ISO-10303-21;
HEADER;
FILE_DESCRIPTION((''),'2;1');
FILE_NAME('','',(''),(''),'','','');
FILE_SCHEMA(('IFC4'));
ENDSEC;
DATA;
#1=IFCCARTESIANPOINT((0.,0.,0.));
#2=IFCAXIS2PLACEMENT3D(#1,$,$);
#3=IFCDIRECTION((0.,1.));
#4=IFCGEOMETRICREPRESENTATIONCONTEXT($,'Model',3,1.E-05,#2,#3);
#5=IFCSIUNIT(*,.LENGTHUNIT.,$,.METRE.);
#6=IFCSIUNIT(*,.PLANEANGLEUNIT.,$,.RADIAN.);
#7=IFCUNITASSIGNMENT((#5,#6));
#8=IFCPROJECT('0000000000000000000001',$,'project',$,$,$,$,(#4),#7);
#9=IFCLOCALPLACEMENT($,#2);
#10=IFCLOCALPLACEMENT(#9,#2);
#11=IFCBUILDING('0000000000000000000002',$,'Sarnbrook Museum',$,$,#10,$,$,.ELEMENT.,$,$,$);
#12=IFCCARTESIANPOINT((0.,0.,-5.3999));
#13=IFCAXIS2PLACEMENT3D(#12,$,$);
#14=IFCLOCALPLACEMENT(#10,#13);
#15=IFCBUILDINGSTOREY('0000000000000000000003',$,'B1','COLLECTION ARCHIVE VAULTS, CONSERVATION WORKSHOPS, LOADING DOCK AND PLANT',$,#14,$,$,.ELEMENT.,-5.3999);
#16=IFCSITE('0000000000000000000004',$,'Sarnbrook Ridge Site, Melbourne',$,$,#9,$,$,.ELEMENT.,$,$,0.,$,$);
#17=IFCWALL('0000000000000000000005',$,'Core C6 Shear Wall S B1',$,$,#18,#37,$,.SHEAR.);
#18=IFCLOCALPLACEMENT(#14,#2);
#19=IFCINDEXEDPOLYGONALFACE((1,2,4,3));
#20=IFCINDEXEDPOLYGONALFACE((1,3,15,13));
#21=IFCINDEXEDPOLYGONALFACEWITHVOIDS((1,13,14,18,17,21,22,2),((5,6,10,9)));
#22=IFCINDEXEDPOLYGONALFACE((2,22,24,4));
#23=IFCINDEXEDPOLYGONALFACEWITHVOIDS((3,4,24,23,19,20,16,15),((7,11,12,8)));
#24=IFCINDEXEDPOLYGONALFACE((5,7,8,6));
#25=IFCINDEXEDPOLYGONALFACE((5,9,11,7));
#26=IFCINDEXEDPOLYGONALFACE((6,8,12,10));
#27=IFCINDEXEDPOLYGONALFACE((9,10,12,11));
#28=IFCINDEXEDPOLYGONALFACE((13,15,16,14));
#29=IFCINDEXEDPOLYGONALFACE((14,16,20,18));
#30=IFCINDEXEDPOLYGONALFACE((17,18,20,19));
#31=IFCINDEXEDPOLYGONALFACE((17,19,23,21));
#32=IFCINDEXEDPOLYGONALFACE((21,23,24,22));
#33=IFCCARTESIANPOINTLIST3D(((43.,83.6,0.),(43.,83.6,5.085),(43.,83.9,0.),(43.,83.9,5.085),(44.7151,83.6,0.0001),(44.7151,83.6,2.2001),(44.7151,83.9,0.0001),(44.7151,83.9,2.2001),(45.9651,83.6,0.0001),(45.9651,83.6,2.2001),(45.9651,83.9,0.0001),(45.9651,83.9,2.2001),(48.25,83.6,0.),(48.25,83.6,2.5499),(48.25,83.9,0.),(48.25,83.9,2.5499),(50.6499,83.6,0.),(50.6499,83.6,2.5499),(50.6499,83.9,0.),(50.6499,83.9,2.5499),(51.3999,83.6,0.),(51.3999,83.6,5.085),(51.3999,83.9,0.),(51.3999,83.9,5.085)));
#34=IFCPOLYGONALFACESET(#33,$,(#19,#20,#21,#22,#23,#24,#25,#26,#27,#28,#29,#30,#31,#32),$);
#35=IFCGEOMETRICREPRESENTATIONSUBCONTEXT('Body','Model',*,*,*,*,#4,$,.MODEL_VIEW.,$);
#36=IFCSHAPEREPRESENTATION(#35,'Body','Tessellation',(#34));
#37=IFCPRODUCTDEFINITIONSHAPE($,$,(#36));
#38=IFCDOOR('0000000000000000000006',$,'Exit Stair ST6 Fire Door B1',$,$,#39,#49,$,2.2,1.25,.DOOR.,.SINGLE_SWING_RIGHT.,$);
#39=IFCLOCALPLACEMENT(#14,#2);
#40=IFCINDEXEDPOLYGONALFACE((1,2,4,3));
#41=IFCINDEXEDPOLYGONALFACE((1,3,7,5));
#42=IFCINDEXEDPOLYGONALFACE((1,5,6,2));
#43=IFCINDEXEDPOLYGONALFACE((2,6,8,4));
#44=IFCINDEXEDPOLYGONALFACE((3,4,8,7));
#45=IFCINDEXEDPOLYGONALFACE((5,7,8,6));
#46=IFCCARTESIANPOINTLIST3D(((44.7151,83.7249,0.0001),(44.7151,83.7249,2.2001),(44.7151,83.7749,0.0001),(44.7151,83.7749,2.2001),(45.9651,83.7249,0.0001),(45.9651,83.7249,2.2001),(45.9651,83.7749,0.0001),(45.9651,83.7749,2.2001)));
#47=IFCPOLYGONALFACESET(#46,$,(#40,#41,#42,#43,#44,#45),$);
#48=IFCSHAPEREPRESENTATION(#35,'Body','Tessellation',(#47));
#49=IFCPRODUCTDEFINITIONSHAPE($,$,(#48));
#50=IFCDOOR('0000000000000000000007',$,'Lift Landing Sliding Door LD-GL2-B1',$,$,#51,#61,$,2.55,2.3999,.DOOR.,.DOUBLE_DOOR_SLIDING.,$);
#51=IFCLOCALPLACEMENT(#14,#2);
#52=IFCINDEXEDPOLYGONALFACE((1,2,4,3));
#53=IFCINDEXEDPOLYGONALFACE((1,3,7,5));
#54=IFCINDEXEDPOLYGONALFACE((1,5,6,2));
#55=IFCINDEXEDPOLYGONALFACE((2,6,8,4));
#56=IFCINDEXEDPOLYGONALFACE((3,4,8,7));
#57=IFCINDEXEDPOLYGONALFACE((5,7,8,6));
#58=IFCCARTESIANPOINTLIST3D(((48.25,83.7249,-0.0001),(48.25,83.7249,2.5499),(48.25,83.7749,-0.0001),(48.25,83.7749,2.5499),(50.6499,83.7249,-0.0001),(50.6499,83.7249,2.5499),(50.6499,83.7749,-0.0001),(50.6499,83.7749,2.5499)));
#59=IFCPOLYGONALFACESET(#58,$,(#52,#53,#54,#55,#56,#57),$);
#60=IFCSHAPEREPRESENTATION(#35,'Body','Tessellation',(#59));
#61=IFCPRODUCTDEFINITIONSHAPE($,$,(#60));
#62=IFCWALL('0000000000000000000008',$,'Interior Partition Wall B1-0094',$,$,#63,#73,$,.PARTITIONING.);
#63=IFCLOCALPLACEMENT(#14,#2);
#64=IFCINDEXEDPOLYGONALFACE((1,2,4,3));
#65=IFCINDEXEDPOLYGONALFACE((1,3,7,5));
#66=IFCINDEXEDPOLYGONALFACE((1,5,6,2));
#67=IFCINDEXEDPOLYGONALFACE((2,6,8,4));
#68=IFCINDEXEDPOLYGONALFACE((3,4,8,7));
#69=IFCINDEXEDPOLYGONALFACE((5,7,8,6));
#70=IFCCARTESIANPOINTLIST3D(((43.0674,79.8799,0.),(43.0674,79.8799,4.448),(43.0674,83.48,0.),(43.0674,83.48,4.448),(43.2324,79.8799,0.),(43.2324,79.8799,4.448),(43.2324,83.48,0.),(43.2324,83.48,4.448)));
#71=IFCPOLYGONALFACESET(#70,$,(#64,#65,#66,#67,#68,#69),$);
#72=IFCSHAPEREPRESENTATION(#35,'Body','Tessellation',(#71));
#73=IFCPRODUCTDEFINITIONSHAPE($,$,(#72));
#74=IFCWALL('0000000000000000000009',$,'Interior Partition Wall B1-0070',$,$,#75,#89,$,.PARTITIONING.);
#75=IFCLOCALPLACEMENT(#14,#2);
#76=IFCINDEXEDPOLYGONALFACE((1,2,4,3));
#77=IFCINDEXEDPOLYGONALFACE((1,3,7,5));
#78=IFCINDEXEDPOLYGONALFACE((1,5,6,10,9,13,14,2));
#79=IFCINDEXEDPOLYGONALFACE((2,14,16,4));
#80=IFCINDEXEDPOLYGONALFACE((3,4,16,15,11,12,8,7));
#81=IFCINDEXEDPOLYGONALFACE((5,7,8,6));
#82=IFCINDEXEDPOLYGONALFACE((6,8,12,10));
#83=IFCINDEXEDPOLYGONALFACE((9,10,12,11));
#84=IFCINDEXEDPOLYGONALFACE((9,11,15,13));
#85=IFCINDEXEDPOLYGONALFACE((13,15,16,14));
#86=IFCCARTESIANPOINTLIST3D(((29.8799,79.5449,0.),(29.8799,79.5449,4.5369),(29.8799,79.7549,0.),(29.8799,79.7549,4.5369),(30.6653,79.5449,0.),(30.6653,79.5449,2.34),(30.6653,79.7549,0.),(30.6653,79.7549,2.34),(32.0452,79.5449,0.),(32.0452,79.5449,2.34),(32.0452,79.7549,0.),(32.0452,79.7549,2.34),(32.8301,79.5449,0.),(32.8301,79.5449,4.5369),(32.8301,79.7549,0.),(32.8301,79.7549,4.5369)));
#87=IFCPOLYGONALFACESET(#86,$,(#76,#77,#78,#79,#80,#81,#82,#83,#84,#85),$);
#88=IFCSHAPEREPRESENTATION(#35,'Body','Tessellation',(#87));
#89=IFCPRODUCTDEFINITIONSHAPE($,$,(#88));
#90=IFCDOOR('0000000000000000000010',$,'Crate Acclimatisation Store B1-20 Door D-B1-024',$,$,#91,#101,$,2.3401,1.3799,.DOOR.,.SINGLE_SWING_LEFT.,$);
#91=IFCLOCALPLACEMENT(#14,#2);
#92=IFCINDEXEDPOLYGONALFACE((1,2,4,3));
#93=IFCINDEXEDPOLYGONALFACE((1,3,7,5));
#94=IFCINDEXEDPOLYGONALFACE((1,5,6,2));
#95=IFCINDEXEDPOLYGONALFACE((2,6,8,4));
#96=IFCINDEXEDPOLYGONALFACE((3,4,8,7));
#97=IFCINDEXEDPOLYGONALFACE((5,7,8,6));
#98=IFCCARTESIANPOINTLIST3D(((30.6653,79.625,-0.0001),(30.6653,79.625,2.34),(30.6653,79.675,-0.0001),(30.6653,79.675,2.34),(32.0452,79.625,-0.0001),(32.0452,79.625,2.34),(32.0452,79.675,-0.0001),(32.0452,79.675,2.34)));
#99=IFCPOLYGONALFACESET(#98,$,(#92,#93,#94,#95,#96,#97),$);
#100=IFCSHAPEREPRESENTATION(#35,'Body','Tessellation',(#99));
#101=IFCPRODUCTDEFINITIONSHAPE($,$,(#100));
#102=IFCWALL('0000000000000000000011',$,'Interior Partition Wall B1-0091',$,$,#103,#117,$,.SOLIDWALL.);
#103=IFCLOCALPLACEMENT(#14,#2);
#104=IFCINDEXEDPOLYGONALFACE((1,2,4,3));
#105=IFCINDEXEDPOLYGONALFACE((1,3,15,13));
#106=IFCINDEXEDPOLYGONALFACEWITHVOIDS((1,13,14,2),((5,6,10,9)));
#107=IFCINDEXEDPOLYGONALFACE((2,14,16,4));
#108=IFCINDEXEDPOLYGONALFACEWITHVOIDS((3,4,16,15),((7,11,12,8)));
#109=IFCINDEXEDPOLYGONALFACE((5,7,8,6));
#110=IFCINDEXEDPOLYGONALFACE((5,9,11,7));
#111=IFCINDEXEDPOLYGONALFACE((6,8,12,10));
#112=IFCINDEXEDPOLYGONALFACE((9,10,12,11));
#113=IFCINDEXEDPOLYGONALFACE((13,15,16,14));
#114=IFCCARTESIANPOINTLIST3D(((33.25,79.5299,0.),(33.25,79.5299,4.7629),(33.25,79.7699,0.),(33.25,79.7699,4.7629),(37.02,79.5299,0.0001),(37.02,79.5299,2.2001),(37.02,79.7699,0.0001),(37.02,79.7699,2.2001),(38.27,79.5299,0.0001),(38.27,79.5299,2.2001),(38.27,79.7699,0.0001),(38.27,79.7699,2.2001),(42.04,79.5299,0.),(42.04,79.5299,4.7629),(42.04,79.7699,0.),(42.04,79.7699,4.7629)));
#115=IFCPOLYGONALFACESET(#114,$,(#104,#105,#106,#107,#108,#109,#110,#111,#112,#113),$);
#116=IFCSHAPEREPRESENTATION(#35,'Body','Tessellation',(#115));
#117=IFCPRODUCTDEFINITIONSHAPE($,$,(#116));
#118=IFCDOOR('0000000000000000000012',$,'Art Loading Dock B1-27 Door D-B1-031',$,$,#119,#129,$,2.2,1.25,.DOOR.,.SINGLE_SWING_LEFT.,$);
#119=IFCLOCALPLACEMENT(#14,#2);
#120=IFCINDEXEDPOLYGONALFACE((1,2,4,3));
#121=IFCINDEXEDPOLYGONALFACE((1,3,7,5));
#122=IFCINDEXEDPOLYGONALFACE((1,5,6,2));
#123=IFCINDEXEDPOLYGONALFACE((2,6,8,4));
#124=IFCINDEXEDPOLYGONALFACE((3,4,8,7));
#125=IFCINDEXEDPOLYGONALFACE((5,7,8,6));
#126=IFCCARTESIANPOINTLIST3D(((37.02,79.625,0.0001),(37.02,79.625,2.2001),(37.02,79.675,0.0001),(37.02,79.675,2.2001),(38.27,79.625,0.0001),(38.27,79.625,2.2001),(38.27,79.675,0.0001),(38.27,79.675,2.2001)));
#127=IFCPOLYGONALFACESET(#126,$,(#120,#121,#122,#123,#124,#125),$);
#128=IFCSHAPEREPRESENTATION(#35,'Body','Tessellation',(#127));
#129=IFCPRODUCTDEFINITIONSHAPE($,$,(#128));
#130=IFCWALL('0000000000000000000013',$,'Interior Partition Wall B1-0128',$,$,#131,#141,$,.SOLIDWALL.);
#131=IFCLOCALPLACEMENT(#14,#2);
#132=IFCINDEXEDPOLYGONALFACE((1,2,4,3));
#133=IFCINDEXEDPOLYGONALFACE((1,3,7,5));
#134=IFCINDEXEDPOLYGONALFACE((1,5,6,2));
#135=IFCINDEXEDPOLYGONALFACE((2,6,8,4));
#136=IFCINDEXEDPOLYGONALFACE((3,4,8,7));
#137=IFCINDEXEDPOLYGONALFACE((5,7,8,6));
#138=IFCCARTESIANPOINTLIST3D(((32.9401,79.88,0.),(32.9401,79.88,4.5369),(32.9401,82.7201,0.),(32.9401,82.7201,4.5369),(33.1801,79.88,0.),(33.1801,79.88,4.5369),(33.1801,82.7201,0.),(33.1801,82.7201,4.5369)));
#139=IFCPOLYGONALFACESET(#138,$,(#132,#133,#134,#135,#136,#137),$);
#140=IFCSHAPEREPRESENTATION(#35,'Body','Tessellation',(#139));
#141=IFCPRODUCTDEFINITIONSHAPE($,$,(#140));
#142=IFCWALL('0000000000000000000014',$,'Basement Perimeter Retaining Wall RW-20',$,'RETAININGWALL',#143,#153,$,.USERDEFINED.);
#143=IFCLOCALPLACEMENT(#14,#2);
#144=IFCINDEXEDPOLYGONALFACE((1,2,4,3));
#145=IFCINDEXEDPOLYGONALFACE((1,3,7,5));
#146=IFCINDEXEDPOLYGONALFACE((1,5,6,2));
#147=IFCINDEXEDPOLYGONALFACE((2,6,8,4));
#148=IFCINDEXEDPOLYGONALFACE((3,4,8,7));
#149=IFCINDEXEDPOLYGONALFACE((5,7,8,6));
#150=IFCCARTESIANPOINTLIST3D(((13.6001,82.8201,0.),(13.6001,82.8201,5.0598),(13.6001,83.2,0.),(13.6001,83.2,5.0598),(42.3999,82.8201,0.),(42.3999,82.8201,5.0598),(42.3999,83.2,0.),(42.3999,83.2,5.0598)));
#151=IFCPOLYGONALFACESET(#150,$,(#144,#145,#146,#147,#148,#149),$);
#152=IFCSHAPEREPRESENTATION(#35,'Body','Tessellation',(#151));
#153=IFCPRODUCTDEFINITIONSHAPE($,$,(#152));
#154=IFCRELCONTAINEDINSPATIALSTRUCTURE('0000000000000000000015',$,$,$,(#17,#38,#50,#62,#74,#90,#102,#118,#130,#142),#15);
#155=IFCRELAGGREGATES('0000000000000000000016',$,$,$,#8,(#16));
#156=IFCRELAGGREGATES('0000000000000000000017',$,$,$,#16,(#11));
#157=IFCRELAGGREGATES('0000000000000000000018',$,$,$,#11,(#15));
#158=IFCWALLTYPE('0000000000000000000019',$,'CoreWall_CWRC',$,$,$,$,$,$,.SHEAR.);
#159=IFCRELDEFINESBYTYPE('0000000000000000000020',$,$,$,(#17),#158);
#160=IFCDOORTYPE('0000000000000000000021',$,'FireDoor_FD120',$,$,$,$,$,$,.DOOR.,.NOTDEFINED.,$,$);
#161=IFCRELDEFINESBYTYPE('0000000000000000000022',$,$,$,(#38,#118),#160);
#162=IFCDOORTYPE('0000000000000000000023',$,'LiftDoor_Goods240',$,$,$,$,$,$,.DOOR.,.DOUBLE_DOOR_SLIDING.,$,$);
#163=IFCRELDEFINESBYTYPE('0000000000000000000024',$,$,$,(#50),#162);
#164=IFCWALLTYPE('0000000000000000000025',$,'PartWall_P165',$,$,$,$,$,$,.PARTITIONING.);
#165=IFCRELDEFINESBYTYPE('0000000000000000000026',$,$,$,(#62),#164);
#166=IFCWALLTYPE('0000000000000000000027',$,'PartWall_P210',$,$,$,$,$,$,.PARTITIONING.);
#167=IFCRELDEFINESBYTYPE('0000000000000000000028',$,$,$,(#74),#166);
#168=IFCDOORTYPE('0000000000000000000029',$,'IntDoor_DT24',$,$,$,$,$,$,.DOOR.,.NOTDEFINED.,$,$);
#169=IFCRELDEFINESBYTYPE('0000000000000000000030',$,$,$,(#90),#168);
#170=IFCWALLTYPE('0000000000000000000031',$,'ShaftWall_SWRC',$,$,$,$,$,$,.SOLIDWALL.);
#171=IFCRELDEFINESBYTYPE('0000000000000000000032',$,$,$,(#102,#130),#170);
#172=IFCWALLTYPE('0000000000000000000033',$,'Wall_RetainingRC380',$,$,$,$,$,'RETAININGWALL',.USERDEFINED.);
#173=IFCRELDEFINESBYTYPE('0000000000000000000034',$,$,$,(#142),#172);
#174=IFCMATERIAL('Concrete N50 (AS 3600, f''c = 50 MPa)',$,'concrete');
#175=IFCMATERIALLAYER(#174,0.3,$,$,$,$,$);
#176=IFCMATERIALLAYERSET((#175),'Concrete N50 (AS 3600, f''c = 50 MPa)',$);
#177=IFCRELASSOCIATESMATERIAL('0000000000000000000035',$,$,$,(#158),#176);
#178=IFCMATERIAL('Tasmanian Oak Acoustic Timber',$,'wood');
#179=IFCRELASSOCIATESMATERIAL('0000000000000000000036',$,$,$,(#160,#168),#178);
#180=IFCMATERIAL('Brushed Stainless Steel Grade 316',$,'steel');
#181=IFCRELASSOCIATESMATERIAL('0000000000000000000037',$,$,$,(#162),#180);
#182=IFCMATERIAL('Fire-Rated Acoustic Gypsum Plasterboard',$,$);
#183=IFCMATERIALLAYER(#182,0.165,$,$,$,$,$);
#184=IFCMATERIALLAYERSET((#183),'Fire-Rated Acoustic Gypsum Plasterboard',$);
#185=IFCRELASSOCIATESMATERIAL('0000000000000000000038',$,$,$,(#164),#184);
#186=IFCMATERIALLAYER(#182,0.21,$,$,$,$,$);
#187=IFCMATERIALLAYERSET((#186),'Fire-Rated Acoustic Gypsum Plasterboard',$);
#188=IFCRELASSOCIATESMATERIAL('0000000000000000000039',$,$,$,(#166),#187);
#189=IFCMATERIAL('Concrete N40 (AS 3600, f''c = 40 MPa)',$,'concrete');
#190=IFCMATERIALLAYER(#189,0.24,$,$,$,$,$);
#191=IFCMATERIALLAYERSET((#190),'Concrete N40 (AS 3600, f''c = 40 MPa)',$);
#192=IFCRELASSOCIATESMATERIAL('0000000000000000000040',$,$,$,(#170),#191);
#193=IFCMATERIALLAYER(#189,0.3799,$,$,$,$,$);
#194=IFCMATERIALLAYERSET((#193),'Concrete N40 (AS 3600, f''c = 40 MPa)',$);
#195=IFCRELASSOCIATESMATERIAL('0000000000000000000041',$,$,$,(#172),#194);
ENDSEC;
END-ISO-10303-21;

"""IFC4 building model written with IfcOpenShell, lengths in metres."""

from ifc_helpers import new_model, si_unit, direction, frame, frame_2d, origin, place, context, subcontext, project, spatial, rectangle, extrude, material, layer, layer_set, type_object, element, fill, save


model = new_model("IFC4")

# Units and contexts
model_context = context("Model", 3, precision=1e-05, world=origin(), true_north=direction((0.0, 1.0)))
body_context = subcontext(model_context, "Body", "Model", "MODEL_VIEW")
ifc_project = project(units=[si_unit("LENGTHUNIT", "METRE"), si_unit("PLANEANGLEUNIT", "RADIAN")], contexts=[model_context])

# Site, building, storey
site_placement = place(None, origin())
site = spatial("IfcSite", under=ifc_project, at=site_placement, Name="Sarnbrook Ridge Site, Melbourne", CompositionType="ELEMENT", RefElevation=0.0)
building_placement = place(site_placement, origin())
building = spatial("IfcBuilding", under=site, at=building_placement, Name="Sarnbrook Museum", CompositionType="ELEMENT")
storey_placement = place(building_placement, frame((0.0, 0.0, -5.3999)))
storey = spatial("IfcBuildingStorey", under=building, at=storey_placement, Name="B1", Description="COLLECTION ARCHIVE VAULTS, CONSERVATION WORKSHOPS, LOADING DOCK AND PLANT", CompositionType="ELEMENT", Elevation=-5.3999)

# Shared definitions
ifc_material_1 = material(Name="Concrete N50 (AS 3600, f'c = 50 MPa)", Category="concrete")

# Shared definitions
ifc_material_2 = material(Name="Concrete N40 (AS 3600, f'c = 40 MPa)", Category="concrete")

# Wall, openings, doors
ifc_layer_1 = layer(ifc_material_1, 0.3)
ifc_layer_set_1 = layer_set([ifc_layer_1], Name="Concrete N50 (AS 3600, f'c = 50 MPa)")
wall_type_1 = type_object("IfcWallType", Name="CoreWall_CWRC", PredefinedType="SHEAR", material=ifc_layer_set_1)
wall_1_placement = place(storey_placement, frame((43.0, 83.75, 0.0), z_axis=(0.0, 0.0, 1.0), x_axis=(1.0, 0.0, 0.0)))
wall_1 = element("IfcWall", 1, at=wall_1_placement, inside=storey, type_object=wall_type_1, Name="Core C6 Shear Wall S B1", PredefinedType="SHEAR", context=body_context, shape_type="SweptSolid", body=[
    extrude(rectangle(XDim=8.3999, YDim=0.3, at=frame_2d((4.2, 0.0))), origin(), (0.0, 0.0, 1.0), 5.085),
])
opening_1_placement = place(wall_1_placement, frame((1.7151, 0.0, 0.0)))
opening_1 = element("IfcOpeningElement", 2, at=opening_1_placement, cuts=wall_1, PredefinedType="OPENING", context=body_context, shape_type="SweptSolid", body=[
    extrude(rectangle(XDim=1.25, YDim=2.2, at=frame_2d((0.625, 1.1001))), frame((0.0, 0.1602, 0.0), z_axis=(0.0, -1.0, 0.0), x_axis=(1.0, 0.0, 0.0)), (0.0, 0.0, 1.0), 0.3201),
])
opening_2_placement = place(wall_1_placement, frame((5.25, 0.0, 0.0)))
opening_2 = element("IfcOpeningElement", 3, at=opening_2_placement, cuts=wall_1, PredefinedType="OPENING", context=body_context, shape_type="SweptSolid", body=[
    extrude(rectangle(XDim=2.3999, YDim=2.55, at=frame_2d((1.2, 1.2749))), frame((0.0, 0.1602, 0.0), z_axis=(0.0, -1.0, 0.0), x_axis=(1.0, 0.0, 0.0)), (0.0, 0.0, 1.0), 0.3201),
])
ifc_material_3 = material(Name="Tasmanian Oak Acoustic Timber", Category="wood")
door_type_1 = type_object("IfcDoorType", Name="FireDoor_FD120", OperationType="NOTDEFINED", PredefinedType="DOOR", material=ifc_material_3)
door_1_placement = place(opening_1_placement, origin())
door_1 = element("IfcDoor", 4, at=door_1_placement, inside=storey, type_object=door_type_1, Name="Exit Stair ST6 Fire Door B1", OperationType="SINGLE_SWING_RIGHT", OverallHeight=2.2, OverallWidth=1.25, PredefinedType="DOOR", context=body_context, shape_type="SweptSolid", body=[
    extrude(rectangle(XDim=1.25, YDim=2.2, at=frame_2d((0.625, 1.1001))), frame((0.0, 0.0249, 0.0), z_axis=(0.0, -1.0, 0.0), x_axis=(1.0, 0.0, 0.0)), (0.0, 0.0, 1.0), 0.05),
])
fill(opening_1, door_1)
ifc_material_4 = material(Name="Brushed Stainless Steel Grade 316", Category="steel")
door_type_2 = type_object("IfcDoorType", Name="LiftDoor_Goods240", OperationType="DOUBLE_DOOR_SLIDING", PredefinedType="DOOR", material=ifc_material_4)
door_2_placement = place(opening_2_placement, origin())
door_2 = element("IfcDoor", 5, at=door_2_placement, inside=storey, type_object=door_type_2, Name="Lift Landing Sliding Door LD-GL2-B1", OperationType="DOUBLE_DOOR_SLIDING", OverallHeight=2.55, OverallWidth=2.3999, PredefinedType="DOOR", context=body_context, shape_type="SweptSolid", body=[
    extrude(rectangle(XDim=2.3999, YDim=2.55, at=frame_2d((1.2, 1.2749))), frame((0.0, 0.0249, 0.0), z_axis=(0.0, -1.0, 0.0), x_axis=(1.0, 0.0, 0.0)), (0.0, 0.0, 1.0), 0.05),
])
fill(opening_2, door_2)

# Wall
ifc_material_5 = material(Name="Fire-Rated Acoustic Gypsum Plasterboard")
ifc_layer_2 = layer(ifc_material_5, 0.165)
ifc_layer_set_2 = layer_set([ifc_layer_2], Name="Fire-Rated Acoustic Gypsum Plasterboard")
wall_type_2 = type_object("IfcWallType", Name="PartWall_P165", PredefinedType="PARTITIONING", material=ifc_layer_set_2)
wall_2_placement = place(storey_placement, frame((43.1499, 83.48, 0.0), z_axis=(0.0, 0.0, 1.0), x_axis=(0.0, -1.0, 0.0)))
element("IfcWall", 6, at=wall_2_placement, inside=storey, type_object=wall_type_2, Name="Interior Partition Wall B1-0094", PredefinedType="PARTITIONING", context=body_context, shape_type="SweptSolid", body=[
    extrude(rectangle(XDim=3.6001, YDim=0.165, at=frame_2d((1.8, 0.0))), origin(), (0.0, 0.0, 1.0), 4.448),
])

# Walls, openings, doors
ifc_layer_3 = layer(ifc_material_5, 0.21)
ifc_layer_set_3 = layer_set([ifc_layer_3], Name="Fire-Rated Acoustic Gypsum Plasterboard")
wall_type_3 = type_object("IfcWallType", Name="PartWall_P210", PredefinedType="PARTITIONING", material=ifc_layer_set_3)
wall_3_placement = place(storey_placement, frame((32.8301, 79.6499, 0.0), z_axis=(0.0, 0.0, 1.0), x_axis=(-1.0, 0.0, 0.0)))
wall_3 = element("IfcWall", 7, at=wall_3_placement, inside=storey, type_object=wall_type_3, Name="Interior Partition Wall B1-0070", PredefinedType="PARTITIONING", context=body_context, shape_type="SweptSolid", body=[
    extrude(rectangle(XDim=2.9502, YDim=0.21, at=frame_2d((1.4751, 0.0))), origin(), (0.0, 0.0, 1.0), 4.5369),
])
opening_3_placement = place(wall_3_placement, frame((0.7849, 0.0, 0.0)))
opening_3 = element("IfcOpeningElement", 8, at=opening_3_placement, cuts=wall_3, PredefinedType="OPENING", context=body_context, shape_type="SweptSolid", body=[
    extrude(rectangle(XDim=1.3799, YDim=2.3401, at=frame_2d((0.6899, 1.1699))), frame((0.0, 0.115, 0.0), z_axis=(0.0, -1.0, 0.0), x_axis=(1.0, 0.0, 0.0)), (0.0, 0.0, 1.0), 0.23),
])
door_type_3 = type_object("IfcDoorType", Name="IntDoor_DT24", OperationType="NOTDEFINED", PredefinedType="DOOR", material=ifc_material_3)
door_3_placement = place(opening_3_placement, origin())
door_3 = element("IfcDoor", 9, at=door_3_placement, inside=storey, type_object=door_type_3, Name="Crate Acclimatisation Store B1-20 Door D-B1-024", OperationType="SINGLE_SWING_LEFT", OverallHeight=2.3401, OverallWidth=1.3799, PredefinedType="DOOR", context=body_context, shape_type="SweptSolid", body=[
    extrude(rectangle(XDim=1.3799, YDim=2.3401, at=frame_2d((0.6899, 1.1699))), frame((0.0, 0.0249, 0.0), z_axis=(0.0, -1.0, 0.0), x_axis=(1.0, 0.0, 0.0)), (0.0, 0.0, 1.0), 0.05),
])
fill(opening_3, door_3)
ifc_layer_4 = layer(ifc_material_2, 0.24)
ifc_layer_set_4 = layer_set([ifc_layer_4], Name="Concrete N40 (AS 3600, f'c = 40 MPa)")
wall_type_4 = type_object("IfcWallType", Name="ShaftWall_SWRC", PredefinedType="SOLIDWALL", material=ifc_layer_set_4)
wall_4_placement = place(storey_placement, frame((42.04, 79.6499, 0.0), z_axis=(0.0, 0.0, 1.0), x_axis=(-1.0, 0.0, 0.0)))
wall_4 = element("IfcWall", 10, at=wall_4_placement, inside=storey, type_object=wall_type_4, Name="Interior Partition Wall B1-0091", PredefinedType="SOLIDWALL", context=body_context, shape_type="SweptSolid", body=[
    extrude(rectangle(XDim=8.79, YDim=0.24, at=frame_2d((4.395, 0.0))), origin(), (0.0, 0.0, 1.0), 4.7629),
])
opening_4_placement = place(wall_4_placement, frame((3.77, 0.0, 0.0)))
opening_4 = element("IfcOpeningElement", 11, at=opening_4_placement, cuts=wall_4, PredefinedType="OPENING", context=body_context, shape_type="SweptSolid", body=[
    extrude(rectangle(XDim=1.25, YDim=2.2, at=frame_2d((0.625, 1.1001))), frame((0.0, 0.1299, 0.0), z_axis=(0.0, -1.0, 0.0), x_axis=(1.0, 0.0, 0.0)), (0.0, 0.0, 1.0), 0.26),
])
door_4_placement = place(opening_4_placement, origin())
door_4 = element("IfcDoor", 12, at=door_4_placement, inside=storey, type_object=door_type_1, Name="Art Loading Dock B1-27 Door D-B1-031", OperationType="SINGLE_SWING_LEFT", OverallHeight=2.2, OverallWidth=1.25, PredefinedType="DOOR", context=body_context, shape_type="SweptSolid", body=[
    extrude(rectangle(XDim=1.25, YDim=2.2, at=frame_2d((0.625, 1.1001))), frame((0.0, 0.0249, 0.0), z_axis=(0.0, -1.0, 0.0), x_axis=(1.0, 0.0, 0.0)), (0.0, 0.0, 1.0), 0.05),
])
fill(opening_4, door_4)

# Walls
wall_5_placement = place(storey_placement, frame((33.0601, 82.72, 0.0), z_axis=(0.0, 0.0, 1.0), x_axis=(0.0, -1.0, 0.0)))
element("IfcWall", 13, at=wall_5_placement, inside=storey, type_object=wall_type_4, Name="Interior Partition Wall B1-0128", PredefinedType="SOLIDWALL", context=body_context, shape_type="SweptSolid", body=[
    extrude(rectangle(XDim=2.8401, YDim=0.24, at=frame_2d((1.4199, 0.0))), origin(), (0.0, 0.0, 1.0), 4.5369),
])
ifc_layer_5 = layer(ifc_material_2, 0.3799)
ifc_layer_set_5 = layer_set([ifc_layer_5], Name="Concrete N40 (AS 3600, f'c = 40 MPa)")
wall_type_5 = type_object("IfcWallType", Name="Wall_RetainingRC380", ElementType="RETAININGWALL", PredefinedType="USERDEFINED", material=ifc_layer_set_5)
wall_6_placement = place(storey_placement, frame((42.3999, 83.01, 0.0), z_axis=(0.0, 0.0, 1.0), x_axis=(-1.0, 0.0, 0.0)))
element("IfcWall", 14, at=wall_6_placement, inside=storey, type_object=wall_type_5, Name="Basement Perimeter Retaining Wall RW-20", ObjectType="RETAININGWALL", PredefinedType="USERDEFINED", context=body_context, shape_type="SweptSolid", body=[
    extrude(rectangle(XDim=28.7998, YDim=0.3799, at=frame_2d((14.3999, 0.0))), origin(), (0.0, 0.0, 1.0), 5.0598),
])

save(model, "model.ifc")
